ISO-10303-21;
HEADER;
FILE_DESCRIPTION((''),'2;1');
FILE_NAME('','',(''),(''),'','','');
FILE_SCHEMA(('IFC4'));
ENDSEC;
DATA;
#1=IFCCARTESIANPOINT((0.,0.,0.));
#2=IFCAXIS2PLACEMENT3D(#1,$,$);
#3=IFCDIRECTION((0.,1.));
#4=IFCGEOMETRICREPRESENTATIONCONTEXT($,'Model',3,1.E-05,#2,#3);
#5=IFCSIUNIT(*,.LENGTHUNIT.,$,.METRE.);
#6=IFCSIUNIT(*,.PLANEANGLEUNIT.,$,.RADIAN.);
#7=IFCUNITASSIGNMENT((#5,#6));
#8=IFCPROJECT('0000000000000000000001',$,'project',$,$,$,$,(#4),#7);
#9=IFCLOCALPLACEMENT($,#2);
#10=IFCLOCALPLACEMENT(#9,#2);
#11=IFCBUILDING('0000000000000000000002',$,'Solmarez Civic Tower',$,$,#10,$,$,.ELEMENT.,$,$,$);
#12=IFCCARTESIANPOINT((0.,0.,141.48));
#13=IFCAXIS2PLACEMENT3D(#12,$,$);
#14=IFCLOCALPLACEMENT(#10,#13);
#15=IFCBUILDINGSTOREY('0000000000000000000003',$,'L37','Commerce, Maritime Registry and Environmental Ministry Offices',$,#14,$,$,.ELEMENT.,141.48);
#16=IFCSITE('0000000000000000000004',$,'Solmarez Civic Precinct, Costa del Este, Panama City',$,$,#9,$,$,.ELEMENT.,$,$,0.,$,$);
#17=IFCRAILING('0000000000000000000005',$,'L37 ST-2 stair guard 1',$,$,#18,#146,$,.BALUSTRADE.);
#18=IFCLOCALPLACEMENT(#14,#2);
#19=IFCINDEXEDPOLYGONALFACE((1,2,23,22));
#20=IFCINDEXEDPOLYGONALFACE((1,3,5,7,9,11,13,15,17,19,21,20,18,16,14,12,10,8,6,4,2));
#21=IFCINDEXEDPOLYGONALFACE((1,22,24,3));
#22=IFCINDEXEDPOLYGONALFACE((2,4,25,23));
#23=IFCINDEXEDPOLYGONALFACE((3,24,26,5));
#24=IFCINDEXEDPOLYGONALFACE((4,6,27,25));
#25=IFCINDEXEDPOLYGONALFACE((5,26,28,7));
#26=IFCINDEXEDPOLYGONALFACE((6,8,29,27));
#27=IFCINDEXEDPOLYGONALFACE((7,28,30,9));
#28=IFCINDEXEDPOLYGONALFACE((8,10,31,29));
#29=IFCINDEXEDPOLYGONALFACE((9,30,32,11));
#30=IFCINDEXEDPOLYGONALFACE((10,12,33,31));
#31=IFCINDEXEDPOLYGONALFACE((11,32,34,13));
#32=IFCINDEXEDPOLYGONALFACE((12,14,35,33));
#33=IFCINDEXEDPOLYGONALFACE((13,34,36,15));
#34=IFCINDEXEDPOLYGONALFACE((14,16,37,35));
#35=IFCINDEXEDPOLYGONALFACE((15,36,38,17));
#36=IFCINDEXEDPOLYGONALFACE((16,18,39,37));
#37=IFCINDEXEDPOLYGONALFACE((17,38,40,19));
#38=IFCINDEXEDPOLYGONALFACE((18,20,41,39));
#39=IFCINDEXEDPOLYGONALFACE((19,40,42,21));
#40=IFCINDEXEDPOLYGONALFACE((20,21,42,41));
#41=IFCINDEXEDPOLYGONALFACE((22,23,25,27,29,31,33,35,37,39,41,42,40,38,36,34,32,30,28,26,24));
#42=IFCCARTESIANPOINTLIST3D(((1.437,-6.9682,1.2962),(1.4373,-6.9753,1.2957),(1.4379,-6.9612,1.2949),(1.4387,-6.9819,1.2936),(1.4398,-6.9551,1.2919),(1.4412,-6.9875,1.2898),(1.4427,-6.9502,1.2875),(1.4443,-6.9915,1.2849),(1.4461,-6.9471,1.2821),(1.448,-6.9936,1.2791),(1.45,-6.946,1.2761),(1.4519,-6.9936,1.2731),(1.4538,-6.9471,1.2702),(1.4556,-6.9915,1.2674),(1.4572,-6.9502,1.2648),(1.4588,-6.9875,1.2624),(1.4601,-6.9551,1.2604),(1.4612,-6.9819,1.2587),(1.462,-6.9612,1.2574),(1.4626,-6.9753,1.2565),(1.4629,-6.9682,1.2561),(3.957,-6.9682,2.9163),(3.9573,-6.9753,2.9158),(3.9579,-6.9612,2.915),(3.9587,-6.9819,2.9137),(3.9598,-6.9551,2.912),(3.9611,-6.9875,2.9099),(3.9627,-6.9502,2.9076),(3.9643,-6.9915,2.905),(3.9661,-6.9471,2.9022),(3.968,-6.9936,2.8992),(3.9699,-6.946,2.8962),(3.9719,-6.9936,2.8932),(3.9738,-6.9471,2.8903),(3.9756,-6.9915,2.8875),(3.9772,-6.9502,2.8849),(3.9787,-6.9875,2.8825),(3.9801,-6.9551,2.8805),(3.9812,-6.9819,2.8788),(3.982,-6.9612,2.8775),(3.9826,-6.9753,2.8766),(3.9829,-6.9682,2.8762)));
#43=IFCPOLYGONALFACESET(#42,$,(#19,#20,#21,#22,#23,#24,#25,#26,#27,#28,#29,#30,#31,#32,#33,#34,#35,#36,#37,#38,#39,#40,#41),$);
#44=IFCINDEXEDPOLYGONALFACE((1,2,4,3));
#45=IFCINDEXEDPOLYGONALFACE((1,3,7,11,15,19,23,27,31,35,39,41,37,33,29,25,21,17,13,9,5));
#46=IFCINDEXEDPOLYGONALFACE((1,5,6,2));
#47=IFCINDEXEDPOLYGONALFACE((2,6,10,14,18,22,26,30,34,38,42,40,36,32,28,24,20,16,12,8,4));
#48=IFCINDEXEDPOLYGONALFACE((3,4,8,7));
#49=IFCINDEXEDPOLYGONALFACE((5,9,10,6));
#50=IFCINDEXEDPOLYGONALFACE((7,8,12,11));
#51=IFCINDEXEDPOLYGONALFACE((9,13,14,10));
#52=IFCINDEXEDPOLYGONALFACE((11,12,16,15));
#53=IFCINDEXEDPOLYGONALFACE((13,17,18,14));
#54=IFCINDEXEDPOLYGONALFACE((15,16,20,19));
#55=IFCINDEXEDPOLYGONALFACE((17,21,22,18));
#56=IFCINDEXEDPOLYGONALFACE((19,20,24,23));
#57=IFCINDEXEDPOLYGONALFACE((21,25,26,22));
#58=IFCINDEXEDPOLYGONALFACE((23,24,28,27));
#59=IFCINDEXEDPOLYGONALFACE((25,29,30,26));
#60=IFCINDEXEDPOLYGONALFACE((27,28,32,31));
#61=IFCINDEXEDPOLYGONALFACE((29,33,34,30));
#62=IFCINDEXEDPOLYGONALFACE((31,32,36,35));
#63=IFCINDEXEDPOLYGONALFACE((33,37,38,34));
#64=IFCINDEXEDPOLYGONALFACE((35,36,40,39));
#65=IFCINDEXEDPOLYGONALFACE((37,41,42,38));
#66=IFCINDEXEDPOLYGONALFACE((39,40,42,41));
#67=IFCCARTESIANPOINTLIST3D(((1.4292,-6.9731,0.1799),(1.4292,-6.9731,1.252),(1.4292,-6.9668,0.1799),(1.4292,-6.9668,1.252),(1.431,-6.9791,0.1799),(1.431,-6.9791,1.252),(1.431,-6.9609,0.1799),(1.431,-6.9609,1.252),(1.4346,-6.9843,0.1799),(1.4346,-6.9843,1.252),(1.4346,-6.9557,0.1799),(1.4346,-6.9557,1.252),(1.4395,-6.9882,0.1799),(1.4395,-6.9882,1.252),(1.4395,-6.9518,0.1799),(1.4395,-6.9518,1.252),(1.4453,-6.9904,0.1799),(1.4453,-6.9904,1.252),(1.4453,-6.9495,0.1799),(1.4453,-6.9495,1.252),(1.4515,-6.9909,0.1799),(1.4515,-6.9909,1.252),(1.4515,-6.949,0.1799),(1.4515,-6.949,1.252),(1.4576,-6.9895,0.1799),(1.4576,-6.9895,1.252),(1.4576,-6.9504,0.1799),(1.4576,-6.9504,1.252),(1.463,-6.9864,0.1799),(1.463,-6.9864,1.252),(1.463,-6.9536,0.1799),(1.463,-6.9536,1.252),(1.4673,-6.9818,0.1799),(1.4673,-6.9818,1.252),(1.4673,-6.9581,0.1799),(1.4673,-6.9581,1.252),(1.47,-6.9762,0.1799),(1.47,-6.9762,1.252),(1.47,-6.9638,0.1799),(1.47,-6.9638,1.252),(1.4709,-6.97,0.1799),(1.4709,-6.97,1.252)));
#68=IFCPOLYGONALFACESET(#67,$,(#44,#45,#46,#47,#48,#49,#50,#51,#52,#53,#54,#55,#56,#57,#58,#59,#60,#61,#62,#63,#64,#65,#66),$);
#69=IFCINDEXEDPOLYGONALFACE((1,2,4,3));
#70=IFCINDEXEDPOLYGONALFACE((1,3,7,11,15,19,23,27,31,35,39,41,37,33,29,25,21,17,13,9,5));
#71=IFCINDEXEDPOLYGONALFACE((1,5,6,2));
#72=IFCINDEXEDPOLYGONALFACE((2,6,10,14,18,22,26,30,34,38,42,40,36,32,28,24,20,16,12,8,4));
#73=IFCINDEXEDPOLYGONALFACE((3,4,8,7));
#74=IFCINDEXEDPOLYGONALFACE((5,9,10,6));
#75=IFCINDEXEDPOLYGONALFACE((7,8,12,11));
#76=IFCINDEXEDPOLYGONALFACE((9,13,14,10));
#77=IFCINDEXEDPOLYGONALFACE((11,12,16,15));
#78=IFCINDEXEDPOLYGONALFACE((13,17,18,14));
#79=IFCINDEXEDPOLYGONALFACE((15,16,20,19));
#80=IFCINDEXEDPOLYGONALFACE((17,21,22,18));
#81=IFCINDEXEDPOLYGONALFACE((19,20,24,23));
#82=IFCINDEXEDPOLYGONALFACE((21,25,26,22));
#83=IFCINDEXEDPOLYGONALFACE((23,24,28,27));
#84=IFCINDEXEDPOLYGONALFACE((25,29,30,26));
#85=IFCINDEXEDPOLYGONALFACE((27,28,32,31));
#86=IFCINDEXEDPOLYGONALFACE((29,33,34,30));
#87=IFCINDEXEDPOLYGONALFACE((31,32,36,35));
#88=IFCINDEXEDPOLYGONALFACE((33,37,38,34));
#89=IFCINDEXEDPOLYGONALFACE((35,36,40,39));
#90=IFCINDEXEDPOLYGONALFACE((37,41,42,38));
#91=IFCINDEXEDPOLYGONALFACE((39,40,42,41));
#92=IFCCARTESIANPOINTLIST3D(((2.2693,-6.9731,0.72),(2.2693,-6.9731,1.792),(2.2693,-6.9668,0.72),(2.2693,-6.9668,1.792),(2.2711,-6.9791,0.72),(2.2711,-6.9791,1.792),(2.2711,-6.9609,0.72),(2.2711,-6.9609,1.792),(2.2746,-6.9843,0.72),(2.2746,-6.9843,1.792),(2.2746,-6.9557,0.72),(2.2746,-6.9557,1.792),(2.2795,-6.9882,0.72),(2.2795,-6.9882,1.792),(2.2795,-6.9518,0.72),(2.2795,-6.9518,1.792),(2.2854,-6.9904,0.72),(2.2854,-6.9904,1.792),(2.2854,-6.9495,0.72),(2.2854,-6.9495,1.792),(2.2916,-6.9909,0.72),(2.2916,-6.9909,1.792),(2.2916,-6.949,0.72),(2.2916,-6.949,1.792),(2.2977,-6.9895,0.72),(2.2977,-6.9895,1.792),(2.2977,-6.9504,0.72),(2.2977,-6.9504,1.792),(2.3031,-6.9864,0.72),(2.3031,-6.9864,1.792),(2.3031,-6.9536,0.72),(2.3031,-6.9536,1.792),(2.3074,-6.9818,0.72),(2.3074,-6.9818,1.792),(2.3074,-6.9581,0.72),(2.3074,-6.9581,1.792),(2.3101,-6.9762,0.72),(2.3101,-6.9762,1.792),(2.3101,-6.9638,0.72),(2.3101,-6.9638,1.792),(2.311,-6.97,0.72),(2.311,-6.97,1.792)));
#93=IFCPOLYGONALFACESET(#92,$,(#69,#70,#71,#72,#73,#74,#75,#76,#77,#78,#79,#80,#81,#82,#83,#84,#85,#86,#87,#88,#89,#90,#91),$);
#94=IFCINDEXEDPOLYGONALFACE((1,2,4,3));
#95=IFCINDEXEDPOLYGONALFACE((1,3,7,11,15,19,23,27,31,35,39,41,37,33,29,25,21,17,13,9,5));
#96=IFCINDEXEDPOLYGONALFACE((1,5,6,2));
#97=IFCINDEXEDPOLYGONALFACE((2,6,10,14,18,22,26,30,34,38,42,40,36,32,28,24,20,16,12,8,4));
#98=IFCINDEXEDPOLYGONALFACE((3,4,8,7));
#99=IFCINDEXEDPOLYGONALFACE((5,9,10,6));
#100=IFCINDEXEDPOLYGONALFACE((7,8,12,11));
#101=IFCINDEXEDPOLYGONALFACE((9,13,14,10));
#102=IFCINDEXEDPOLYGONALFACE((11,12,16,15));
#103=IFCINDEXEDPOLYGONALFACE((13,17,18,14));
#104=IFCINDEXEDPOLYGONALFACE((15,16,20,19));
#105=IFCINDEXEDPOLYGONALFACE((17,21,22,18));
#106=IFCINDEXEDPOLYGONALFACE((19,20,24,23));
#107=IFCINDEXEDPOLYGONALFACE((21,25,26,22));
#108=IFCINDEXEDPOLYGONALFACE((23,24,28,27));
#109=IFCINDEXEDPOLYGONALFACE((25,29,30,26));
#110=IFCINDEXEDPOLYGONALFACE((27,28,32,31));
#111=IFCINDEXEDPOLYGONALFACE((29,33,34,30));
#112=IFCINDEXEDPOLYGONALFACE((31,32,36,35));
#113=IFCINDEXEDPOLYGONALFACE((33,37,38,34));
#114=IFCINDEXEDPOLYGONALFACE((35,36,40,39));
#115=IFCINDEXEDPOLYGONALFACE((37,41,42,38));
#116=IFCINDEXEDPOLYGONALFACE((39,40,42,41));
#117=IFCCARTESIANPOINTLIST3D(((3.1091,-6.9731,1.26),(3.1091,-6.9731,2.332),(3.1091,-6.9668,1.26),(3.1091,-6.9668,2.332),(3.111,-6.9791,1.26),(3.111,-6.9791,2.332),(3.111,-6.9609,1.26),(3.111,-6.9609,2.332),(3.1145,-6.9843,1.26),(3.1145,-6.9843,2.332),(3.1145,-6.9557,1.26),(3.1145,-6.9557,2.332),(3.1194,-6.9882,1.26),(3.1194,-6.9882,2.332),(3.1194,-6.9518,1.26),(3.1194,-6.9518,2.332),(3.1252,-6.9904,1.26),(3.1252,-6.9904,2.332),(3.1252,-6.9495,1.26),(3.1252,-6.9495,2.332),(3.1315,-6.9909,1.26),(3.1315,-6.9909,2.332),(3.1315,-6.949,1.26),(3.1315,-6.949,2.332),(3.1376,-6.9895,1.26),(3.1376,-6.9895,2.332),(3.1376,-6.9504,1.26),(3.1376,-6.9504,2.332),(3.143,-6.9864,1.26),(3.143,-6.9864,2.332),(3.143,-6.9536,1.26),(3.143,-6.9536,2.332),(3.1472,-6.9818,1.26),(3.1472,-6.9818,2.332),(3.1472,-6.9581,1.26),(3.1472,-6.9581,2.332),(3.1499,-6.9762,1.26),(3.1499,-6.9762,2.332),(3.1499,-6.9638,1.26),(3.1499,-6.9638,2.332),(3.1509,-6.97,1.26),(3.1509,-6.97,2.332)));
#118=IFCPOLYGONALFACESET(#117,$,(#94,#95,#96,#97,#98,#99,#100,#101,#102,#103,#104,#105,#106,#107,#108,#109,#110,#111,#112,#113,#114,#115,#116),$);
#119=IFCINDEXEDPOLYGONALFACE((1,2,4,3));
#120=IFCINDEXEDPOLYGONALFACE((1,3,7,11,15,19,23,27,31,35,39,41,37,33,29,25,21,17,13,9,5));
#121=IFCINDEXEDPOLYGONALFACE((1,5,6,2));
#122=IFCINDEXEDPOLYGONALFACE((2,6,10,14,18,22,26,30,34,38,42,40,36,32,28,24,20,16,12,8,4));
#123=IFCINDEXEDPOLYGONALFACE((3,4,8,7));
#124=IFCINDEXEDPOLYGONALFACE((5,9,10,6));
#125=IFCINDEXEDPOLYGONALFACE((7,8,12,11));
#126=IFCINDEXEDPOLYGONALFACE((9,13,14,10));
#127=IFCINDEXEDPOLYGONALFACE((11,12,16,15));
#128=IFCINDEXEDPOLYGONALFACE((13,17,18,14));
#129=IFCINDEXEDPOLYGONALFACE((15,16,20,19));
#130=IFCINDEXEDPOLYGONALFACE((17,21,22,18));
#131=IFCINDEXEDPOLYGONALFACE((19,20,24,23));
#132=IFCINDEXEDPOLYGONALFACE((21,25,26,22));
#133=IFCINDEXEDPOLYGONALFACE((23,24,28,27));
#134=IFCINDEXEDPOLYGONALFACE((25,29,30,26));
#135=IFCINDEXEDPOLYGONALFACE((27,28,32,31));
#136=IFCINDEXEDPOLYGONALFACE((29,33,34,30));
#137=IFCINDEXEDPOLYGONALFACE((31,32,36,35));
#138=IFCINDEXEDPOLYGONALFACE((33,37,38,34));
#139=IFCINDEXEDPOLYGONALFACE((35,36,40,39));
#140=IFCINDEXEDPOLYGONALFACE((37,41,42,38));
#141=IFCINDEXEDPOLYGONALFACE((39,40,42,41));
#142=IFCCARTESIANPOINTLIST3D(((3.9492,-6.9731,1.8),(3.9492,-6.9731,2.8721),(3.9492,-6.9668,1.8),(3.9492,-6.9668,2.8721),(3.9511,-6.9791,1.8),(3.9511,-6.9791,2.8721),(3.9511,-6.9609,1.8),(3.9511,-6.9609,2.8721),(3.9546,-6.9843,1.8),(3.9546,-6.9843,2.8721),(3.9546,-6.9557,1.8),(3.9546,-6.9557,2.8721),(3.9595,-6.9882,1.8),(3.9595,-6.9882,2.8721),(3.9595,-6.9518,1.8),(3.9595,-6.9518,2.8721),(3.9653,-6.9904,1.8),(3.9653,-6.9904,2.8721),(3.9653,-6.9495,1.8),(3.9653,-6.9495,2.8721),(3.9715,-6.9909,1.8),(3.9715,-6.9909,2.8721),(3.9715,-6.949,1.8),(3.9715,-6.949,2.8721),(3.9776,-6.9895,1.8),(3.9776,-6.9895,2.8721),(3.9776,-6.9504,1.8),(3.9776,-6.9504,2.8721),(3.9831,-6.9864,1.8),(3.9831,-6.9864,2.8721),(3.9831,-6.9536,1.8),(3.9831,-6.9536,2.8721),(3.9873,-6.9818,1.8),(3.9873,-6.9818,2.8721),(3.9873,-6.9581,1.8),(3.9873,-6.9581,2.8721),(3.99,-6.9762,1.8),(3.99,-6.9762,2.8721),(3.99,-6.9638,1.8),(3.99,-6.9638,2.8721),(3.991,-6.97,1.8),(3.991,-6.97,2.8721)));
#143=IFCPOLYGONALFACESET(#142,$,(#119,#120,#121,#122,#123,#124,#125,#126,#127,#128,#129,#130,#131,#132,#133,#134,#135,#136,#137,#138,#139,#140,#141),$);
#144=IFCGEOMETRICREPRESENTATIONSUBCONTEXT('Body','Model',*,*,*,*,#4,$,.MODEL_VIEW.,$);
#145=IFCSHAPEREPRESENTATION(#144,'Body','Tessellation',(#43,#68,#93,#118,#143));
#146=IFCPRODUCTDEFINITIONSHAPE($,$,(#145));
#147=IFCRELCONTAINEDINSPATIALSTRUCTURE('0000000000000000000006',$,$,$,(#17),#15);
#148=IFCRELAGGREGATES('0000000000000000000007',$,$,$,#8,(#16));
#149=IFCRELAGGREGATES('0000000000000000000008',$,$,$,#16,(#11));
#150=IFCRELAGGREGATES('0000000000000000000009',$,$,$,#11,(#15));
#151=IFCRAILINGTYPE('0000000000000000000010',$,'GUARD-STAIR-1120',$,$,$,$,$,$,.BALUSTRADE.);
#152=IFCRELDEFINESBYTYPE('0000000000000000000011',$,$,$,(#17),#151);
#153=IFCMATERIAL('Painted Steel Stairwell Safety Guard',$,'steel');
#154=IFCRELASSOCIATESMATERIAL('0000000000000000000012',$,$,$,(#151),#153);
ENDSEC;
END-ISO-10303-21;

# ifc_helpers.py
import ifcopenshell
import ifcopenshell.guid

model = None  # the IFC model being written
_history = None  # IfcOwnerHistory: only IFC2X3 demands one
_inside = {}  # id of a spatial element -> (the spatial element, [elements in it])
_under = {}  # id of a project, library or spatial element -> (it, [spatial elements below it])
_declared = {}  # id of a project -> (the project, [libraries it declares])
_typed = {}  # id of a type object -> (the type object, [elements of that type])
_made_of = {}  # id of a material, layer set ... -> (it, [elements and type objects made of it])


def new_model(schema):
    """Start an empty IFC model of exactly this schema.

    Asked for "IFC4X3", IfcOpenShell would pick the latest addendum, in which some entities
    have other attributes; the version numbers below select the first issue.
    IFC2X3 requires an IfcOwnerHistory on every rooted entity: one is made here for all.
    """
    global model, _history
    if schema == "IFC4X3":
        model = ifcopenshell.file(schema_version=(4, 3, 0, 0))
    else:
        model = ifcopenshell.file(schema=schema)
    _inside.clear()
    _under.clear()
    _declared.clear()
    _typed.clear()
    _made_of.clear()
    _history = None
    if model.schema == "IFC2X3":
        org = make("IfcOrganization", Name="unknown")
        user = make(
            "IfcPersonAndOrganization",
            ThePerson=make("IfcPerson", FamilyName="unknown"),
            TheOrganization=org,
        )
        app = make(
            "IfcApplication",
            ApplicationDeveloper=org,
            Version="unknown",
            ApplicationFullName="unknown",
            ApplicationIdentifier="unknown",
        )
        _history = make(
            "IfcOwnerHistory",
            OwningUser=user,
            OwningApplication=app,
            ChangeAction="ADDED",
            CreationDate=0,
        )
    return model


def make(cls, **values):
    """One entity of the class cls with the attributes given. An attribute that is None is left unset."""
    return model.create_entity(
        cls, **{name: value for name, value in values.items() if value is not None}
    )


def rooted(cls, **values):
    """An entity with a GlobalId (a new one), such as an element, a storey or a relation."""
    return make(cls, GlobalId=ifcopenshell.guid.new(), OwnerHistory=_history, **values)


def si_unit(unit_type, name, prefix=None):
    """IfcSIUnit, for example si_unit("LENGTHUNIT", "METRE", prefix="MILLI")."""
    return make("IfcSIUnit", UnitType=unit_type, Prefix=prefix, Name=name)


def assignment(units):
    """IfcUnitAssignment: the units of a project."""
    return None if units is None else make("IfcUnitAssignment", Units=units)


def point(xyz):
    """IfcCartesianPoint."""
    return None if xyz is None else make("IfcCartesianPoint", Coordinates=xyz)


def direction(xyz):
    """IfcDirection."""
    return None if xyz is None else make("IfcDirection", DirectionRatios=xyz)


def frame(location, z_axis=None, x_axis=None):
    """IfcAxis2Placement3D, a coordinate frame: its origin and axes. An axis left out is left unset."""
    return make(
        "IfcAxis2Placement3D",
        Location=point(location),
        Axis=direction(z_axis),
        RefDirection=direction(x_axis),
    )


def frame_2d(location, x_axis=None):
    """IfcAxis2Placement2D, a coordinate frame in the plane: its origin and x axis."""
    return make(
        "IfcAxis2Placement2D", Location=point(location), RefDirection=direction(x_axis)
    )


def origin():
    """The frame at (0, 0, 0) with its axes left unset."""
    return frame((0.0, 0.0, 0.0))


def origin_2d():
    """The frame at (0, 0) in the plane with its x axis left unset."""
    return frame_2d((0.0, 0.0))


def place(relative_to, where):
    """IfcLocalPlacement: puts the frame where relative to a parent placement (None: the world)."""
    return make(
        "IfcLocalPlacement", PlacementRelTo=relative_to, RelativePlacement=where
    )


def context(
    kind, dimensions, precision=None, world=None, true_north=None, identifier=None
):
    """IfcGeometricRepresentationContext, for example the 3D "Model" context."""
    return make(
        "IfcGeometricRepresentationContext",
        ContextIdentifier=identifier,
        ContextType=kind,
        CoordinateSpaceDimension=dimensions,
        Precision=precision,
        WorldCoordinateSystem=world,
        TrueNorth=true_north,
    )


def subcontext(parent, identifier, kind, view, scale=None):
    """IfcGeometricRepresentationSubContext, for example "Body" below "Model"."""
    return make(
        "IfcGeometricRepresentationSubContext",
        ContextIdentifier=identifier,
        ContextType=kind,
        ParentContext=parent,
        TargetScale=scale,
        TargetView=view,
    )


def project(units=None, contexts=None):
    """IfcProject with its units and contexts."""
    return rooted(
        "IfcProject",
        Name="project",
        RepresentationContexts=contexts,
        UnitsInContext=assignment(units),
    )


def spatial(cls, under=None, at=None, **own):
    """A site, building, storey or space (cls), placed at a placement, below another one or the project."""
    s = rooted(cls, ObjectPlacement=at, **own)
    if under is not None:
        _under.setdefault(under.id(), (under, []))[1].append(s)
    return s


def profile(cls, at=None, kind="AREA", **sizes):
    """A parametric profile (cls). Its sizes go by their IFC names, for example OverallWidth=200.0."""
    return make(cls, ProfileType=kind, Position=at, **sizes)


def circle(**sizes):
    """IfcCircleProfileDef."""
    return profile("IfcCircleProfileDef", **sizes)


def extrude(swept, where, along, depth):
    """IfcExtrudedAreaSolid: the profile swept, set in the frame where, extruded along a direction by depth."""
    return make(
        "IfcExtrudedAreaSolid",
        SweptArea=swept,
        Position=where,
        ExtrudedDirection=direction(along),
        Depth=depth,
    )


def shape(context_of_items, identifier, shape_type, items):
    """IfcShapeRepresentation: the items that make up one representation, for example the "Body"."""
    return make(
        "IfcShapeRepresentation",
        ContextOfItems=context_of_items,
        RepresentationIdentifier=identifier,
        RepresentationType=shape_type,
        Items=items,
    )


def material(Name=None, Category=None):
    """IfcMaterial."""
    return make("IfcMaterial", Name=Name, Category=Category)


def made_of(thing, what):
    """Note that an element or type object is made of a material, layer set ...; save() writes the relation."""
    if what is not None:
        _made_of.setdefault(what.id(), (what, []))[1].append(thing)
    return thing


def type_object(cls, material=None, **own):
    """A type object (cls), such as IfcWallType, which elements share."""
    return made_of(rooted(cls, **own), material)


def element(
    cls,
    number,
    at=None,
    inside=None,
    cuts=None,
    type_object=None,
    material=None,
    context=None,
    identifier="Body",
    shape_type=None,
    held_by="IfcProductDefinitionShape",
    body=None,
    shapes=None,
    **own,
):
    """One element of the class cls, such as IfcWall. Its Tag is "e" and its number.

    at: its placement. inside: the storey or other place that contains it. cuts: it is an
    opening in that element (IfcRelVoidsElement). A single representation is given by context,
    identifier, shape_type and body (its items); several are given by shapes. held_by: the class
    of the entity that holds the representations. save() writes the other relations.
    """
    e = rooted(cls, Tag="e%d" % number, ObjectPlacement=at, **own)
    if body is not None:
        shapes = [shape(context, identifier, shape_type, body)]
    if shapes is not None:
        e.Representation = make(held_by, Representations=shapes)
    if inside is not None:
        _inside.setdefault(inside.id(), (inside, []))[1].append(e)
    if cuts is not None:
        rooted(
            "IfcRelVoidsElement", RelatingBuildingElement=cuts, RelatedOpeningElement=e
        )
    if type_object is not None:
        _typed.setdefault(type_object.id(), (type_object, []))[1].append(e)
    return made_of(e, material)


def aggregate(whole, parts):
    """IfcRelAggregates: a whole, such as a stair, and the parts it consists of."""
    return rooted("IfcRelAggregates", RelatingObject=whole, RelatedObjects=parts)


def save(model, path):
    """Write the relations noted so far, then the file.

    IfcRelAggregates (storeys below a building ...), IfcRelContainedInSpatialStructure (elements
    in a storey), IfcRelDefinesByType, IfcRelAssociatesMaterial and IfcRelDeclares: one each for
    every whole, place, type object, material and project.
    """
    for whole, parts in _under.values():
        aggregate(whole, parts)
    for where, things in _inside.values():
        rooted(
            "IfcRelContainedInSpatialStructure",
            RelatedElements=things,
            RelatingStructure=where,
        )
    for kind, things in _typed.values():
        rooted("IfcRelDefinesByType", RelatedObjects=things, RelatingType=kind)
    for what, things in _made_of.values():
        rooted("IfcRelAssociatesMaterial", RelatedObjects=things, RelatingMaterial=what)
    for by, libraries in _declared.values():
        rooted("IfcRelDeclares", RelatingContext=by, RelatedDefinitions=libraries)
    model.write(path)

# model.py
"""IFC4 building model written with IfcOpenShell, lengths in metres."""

from ifc_helpers import new_model, si_unit, direction, frame, origin, origin_2d, place, context, subcontext, project, spatial, circle, extrude, material, type_object, element, save


model = new_model("IFC4")

# Units and contexts
model_context = context("Model", 3, precision=1e-05, world=origin(), true_north=direction((0.0, 1.0)))
body_context = subcontext(model_context, "Body", "Model", "MODEL_VIEW")
ifc_project = project(units=[si_unit("LENGTHUNIT", "METRE"), si_unit("PLANEANGLEUNIT", "RADIAN")], contexts=[model_context])

# Site, building, storey
site_placement = place(None, origin())
site = spatial("IfcSite", under=ifc_project, at=site_placement, Name="Solmarez Civic Precinct, Costa del Este, Panama City", CompositionType="ELEMENT", RefElevation=0.0)
building_placement = place(site_placement, origin())
building = spatial("IfcBuilding", under=site, at=building_placement, Name="Solmarez Civic Tower", CompositionType="ELEMENT")
storey_placement = place(building_placement, frame((0.0, 0.0, 141.48)))
storey = spatial("IfcBuildingStorey", under=building, at=storey_placement, Name="L37", Description="Commerce, Maritime Registry and Environmental Ministry Offices", CompositionType="ELEMENT", Elevation=141.48)

# Railing
ifc_material_1 = material(Name="Painted Steel Stairwell Safety Guard", Category="steel")
railing_type_1 = type_object("IfcRailingType", Name="GUARD-STAIR-1120", PredefinedType="BALUSTRADE", material=ifc_material_1)
railing_1_placement = place(storey_placement, frame((1.45, -6.97, 0.1799)))
element("IfcRailing", 1, at=railing_1_placement, inside=storey, type_object=railing_type_1, Name="L37 ST-2 stair guard 1", PredefinedType="BALUSTRADE", context=body_context, shape_type="SweptSolid", body=[
    extrude(circle(Radius=0.0239, at=origin_2d()), frame((0.0, 0.0, 1.0962), z_axis=(0.841163, 0.0, 0.540782), x_axis=(0.0, 1.0, 0.0)), (0.0, 0.0, 1.0), 2.9958),
    extrude(circle(Radius=0.021, at=origin_2d()), origin(), (0.0, 0.0, 1.0), 1.072),
    extrude(circle(Radius=0.021, at=origin_2d()), frame((0.8401, 0.0, 0.54)), (0.0, 0.0, 1.0), 1.072),
    extrude(circle(Radius=0.021, at=origin_2d()), frame((1.6799, 0.0, 1.0801)), (0.0, 0.0, 1.0), 1.072),
    extrude(circle(Radius=0.021, at=origin_2d()), frame((2.52, 0.0, 1.6201)), (0.0, 0.0, 1.0), 1.072),
])

save(model, "model.ifc")
